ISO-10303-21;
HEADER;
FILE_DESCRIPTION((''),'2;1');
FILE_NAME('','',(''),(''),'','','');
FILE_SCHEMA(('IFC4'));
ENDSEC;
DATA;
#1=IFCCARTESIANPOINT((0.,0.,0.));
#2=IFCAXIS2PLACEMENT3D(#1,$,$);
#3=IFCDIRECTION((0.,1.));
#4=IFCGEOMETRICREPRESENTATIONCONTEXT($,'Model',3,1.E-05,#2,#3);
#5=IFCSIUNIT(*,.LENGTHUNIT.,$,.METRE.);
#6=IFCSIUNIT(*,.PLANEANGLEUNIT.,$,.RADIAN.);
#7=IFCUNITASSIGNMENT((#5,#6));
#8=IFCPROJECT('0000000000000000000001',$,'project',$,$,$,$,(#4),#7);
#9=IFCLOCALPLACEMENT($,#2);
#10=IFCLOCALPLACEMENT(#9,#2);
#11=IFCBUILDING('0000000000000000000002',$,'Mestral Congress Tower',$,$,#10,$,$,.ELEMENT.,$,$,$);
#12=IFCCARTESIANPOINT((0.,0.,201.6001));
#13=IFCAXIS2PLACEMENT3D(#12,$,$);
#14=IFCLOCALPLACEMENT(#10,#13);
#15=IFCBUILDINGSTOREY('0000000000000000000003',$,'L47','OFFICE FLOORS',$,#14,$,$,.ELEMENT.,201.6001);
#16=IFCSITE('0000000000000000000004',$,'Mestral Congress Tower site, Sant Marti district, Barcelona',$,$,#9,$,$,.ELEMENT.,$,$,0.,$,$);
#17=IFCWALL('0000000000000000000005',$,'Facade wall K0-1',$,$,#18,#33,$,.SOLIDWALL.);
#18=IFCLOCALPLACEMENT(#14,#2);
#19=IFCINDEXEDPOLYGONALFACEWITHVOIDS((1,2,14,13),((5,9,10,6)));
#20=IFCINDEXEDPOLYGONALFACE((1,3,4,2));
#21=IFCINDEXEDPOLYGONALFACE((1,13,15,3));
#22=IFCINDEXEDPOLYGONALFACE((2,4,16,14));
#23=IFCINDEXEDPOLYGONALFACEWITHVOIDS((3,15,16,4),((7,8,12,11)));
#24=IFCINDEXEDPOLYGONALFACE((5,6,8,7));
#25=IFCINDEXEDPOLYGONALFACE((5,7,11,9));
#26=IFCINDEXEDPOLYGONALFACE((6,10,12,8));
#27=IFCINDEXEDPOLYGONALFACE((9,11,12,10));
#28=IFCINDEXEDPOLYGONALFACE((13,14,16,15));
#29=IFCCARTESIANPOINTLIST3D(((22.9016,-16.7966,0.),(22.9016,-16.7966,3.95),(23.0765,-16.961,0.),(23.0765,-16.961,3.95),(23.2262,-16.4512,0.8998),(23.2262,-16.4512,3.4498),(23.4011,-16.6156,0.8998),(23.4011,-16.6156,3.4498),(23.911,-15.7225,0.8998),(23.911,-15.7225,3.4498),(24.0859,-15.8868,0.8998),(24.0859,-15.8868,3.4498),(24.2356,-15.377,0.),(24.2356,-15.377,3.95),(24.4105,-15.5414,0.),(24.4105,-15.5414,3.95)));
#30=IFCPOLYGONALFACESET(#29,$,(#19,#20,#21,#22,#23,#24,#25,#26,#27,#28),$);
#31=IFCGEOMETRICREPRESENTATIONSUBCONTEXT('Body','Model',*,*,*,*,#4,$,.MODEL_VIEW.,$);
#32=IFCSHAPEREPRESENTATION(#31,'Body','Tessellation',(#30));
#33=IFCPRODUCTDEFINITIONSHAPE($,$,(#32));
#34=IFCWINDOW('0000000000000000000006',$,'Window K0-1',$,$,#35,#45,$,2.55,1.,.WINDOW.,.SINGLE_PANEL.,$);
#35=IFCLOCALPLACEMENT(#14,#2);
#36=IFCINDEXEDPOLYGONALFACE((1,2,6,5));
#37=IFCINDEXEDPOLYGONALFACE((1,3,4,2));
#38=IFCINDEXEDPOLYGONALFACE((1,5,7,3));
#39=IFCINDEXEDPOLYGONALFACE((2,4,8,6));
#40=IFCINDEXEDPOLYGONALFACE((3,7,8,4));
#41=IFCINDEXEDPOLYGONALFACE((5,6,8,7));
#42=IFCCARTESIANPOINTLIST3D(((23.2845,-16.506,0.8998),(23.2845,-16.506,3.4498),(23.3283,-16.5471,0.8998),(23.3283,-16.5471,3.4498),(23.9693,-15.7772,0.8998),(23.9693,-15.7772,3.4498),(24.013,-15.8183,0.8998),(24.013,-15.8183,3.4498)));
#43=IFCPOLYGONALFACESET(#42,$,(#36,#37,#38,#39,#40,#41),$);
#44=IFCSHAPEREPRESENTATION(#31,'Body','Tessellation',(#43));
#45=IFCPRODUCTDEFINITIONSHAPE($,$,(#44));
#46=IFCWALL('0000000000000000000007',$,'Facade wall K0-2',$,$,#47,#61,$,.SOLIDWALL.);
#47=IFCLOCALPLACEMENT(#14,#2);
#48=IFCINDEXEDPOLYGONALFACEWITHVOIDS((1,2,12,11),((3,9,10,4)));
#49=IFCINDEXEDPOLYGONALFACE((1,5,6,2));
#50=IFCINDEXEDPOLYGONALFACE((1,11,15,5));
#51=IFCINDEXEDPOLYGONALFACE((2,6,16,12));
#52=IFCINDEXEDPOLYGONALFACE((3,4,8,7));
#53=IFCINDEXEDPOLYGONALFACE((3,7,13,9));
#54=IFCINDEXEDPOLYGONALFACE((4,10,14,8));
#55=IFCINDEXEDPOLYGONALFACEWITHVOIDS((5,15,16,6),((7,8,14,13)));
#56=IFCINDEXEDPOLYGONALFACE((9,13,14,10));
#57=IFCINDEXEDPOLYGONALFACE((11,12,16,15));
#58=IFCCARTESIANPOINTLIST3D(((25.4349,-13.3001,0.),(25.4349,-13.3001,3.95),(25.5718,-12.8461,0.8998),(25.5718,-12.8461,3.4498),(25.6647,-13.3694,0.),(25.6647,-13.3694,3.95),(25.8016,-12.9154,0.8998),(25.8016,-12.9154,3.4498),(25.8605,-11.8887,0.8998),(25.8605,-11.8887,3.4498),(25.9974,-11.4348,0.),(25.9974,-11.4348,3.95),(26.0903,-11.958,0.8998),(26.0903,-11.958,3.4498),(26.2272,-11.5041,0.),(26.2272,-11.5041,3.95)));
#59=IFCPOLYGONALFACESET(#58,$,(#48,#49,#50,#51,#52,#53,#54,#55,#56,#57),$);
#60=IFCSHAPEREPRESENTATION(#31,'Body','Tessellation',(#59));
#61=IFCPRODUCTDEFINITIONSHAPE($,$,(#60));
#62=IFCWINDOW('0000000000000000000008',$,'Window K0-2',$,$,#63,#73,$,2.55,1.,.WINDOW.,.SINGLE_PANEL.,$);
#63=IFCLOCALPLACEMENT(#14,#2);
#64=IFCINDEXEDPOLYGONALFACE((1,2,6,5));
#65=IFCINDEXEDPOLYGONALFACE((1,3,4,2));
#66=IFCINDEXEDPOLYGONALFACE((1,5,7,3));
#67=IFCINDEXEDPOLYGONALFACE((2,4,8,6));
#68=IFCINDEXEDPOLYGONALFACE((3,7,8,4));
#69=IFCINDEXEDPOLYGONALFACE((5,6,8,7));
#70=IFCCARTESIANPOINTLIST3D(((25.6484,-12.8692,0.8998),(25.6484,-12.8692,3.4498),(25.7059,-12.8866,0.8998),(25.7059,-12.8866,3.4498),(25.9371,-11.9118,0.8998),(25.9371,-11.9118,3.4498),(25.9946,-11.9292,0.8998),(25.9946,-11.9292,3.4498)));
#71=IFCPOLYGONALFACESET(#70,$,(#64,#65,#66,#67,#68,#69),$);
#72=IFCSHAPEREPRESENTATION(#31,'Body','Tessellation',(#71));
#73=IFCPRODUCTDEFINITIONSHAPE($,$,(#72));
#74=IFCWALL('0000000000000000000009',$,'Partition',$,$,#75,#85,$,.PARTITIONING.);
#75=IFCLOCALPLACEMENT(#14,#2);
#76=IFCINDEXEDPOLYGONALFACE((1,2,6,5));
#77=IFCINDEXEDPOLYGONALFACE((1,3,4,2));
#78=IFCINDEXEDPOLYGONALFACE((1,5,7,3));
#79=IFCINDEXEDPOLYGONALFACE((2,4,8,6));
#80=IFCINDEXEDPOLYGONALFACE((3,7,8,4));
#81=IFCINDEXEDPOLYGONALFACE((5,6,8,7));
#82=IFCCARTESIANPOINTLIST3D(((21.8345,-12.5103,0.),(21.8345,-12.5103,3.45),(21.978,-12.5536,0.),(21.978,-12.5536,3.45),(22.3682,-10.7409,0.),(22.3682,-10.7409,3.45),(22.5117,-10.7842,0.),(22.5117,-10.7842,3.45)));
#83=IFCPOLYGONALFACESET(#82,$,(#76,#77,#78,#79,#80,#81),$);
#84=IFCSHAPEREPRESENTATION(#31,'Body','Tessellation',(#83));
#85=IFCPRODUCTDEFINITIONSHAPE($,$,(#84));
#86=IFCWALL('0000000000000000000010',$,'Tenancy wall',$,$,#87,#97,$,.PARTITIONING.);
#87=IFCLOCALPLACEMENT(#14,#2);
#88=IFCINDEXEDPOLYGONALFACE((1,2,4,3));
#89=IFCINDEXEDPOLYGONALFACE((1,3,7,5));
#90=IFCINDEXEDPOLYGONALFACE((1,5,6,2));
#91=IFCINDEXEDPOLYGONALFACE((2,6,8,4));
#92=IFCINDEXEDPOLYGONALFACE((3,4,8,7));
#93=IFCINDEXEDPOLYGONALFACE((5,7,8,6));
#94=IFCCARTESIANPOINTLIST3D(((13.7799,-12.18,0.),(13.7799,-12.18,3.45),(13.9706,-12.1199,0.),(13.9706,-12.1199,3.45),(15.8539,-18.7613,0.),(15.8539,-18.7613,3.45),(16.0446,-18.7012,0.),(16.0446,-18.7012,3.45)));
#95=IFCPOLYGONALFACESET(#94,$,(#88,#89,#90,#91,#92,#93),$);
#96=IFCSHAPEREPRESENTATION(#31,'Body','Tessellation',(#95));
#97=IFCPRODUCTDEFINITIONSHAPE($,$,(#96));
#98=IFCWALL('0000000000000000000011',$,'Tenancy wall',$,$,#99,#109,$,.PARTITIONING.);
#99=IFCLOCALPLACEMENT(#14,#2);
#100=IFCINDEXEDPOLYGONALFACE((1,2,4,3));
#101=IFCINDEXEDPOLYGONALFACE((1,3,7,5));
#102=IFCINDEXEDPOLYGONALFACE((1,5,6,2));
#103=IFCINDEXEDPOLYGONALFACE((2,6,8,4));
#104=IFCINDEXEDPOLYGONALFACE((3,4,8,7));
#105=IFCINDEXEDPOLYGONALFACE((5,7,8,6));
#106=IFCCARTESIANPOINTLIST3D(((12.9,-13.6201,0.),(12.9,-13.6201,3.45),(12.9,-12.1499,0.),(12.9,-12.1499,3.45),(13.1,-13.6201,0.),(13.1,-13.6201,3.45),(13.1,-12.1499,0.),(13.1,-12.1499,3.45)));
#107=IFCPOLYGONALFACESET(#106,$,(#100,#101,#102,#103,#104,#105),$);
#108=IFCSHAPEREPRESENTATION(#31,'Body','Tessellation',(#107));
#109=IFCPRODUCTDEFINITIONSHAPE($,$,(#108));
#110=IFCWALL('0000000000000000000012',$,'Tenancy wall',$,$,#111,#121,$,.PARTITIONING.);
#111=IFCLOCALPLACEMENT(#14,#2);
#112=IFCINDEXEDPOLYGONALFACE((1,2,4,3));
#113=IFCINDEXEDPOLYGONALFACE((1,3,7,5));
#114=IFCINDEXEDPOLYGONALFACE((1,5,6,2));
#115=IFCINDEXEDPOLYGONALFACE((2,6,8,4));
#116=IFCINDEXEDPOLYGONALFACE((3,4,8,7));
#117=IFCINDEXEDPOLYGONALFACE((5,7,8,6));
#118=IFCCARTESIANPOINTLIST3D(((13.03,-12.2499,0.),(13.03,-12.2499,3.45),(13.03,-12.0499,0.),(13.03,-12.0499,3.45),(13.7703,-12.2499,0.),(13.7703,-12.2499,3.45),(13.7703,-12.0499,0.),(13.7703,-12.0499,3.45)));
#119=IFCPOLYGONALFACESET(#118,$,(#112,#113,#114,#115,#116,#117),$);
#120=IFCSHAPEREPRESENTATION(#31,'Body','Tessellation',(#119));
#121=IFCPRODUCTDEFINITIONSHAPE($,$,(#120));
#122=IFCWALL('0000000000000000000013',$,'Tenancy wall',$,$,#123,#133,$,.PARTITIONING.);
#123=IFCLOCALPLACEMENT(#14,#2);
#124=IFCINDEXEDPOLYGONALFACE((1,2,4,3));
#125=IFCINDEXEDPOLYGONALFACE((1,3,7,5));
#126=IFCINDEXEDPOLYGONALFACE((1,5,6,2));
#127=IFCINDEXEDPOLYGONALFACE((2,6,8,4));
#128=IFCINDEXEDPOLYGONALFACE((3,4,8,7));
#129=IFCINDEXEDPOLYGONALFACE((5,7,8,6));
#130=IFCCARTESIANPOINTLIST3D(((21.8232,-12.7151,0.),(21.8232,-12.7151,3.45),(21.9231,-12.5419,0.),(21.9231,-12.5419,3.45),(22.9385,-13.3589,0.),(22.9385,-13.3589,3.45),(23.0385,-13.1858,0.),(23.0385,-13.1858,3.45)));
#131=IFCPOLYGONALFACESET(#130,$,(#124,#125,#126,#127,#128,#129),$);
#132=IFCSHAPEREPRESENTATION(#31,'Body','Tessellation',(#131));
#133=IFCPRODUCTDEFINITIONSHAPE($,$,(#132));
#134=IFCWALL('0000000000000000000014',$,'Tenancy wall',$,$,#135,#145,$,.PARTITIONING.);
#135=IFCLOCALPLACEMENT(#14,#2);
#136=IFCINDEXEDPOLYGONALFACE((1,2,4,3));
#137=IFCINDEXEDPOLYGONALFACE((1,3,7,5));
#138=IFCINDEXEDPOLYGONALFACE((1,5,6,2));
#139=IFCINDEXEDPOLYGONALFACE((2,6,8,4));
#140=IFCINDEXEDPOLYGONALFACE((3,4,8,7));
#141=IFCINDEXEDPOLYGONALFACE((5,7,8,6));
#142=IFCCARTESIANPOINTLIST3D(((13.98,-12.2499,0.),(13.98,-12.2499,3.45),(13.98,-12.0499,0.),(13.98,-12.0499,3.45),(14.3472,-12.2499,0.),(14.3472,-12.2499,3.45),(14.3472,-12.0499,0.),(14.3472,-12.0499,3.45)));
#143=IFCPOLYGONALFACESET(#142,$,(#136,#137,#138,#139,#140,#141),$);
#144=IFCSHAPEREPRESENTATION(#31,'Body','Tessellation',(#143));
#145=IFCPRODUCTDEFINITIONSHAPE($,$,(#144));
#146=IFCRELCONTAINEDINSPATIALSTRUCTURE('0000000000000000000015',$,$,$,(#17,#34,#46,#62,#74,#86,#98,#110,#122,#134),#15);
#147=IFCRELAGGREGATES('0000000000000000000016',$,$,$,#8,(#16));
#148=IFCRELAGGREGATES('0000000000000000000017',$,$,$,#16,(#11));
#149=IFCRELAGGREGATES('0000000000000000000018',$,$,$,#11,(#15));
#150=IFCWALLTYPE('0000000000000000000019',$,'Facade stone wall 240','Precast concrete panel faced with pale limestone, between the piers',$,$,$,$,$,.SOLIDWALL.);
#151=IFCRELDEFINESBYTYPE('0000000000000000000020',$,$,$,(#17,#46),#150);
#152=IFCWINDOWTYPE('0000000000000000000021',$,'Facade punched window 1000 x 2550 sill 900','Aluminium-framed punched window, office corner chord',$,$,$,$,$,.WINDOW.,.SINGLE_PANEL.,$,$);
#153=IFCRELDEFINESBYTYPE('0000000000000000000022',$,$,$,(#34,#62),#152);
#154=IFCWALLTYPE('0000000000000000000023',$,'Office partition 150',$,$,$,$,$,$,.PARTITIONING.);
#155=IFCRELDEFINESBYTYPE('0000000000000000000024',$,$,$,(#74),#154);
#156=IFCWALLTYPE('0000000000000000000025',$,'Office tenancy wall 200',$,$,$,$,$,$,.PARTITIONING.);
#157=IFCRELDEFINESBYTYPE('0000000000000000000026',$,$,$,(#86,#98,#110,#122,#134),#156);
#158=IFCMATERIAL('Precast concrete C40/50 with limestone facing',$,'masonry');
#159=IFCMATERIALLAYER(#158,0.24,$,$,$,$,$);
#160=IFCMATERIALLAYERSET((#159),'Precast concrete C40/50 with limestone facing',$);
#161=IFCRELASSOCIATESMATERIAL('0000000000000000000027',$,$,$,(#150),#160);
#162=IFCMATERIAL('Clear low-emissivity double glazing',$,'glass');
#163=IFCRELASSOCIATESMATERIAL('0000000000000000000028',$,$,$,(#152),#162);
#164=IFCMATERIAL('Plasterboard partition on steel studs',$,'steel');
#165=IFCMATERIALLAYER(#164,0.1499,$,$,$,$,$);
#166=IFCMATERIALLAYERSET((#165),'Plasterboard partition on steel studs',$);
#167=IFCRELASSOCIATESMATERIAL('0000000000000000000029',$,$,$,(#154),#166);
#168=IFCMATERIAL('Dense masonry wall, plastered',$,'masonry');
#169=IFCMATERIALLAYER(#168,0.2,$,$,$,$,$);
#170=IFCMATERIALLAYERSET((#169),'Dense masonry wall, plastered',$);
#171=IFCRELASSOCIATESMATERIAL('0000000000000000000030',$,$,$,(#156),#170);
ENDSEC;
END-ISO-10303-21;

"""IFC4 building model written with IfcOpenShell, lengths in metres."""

from ifc_helpers import new_model, si_unit, direction, frame, frame_2d, origin, place, context, subcontext, project, spatial, rectangle, extrude, material, layer, layer_set, type_object, element, fill, save


model = new_model("IFC4")

# Units and contexts
model_context = context("Model", 3, precision=1e-05, world=origin(), true_north=direction((0.0, 1.0)))
body_context = subcontext(model_context, "Body", "Model", "MODEL_VIEW")
ifc_project = project(units=[si_unit("LENGTHUNIT", "METRE"), si_unit("PLANEANGLEUNIT", "RADIAN")], contexts=[model_context])

# Site, building, storey
site_placement = place(None, origin())
site = spatial("IfcSite", under=ifc_project, at=site_placement, Name="Mestral Congress Tower site, Sant Marti district, Barcelona", CompositionType="ELEMENT", RefElevation=0.0)
building_placement = place(site_placement, origin())
building = spatial("IfcBuilding", under=site, at=building_placement, Name="Mestral Congress Tower", CompositionType="ELEMENT")
storey_placement = place(building_placement, frame((0.0, 0.0, 201.6001)))
storey = spatial("IfcBuildingStorey", under=building, at=storey_placement, Name="L47", Description="OFFICE FLOORS", CompositionType="ELEMENT", Elevation=201.6001)

# Shared definitions
ifc_material_1 = material(Name="Precast concrete C40/50 with limestone facing", Category="masonry")
ifc_layer_1 = layer(ifc_material_1, 0.24)
ifc_layer_set_1 = layer_set([ifc_layer_1], Name="Precast concrete C40/50 with limestone facing")
wall_type_1 = type_object("IfcWallType", Name="Facade stone wall 240", Description="Precast concrete panel faced with pale limestone, between the piers", PredefinedType="SOLIDWALL", material=ifc_layer_set_1)
ifc_material_2 = material(Name="Clear low-emissivity double glazing", Category="glass")

# Walls, openings, windows
window_type_1 = type_object("IfcWindowType", Name="Facade punched window 1000 x 2550 sill 900", Description="Aluminium-framed punched window, office corner chord", PartitioningType="SINGLE_PANEL", PredefinedType="WINDOW", material=ifc_material_2)
wall_1_placement = place(storey_placement, frame((22.989, -16.8789, 0.0), z_axis=(0.0, 0.0, 1.0), x_axis=(0.68477, 0.728759, 0.0)))
wall_1 = element("IfcWall", 1, at=wall_1_placement, inside=storey, type_object=wall_type_1, Name="Facade wall K0-1", PredefinedType="SOLIDWALL", context=body_context, shape_type="SweptSolid", body=[
    extrude(rectangle(XDim=1.948, YDim=0.24, at=frame_2d((0.9741, 0.0))), origin(), (0.0, 0.0, 1.0), 3.95),
])
opening_1_placement = place(wall_1_placement, frame((0.4741, 0.0, 0.8999)))
opening_1 = element("IfcOpeningElement", 2, at=opening_1_placement, cuts=wall_1, PredefinedType="OPENING", context=body_context, shape_type="SweptSolid", body=[
    extrude(rectangle(XDim=1.0, YDim=2.55, at=frame_2d((0.5, 1.2749))), frame((0.0, 0.1299, 0.0), z_axis=(0.0, -1.0, 0.0), x_axis=(1.0, 0.0, 0.0)), (0.0, 0.0, 1.0), 0.26),
])
window_1_placement = place(opening_1_placement, origin())
window_1 = element("IfcWindow", 3, at=window_1_placement, inside=storey, type_object=window_type_1, Name="Window K0-1", OverallHeight=2.55, OverallWidth=1.0, PartitioningType="SINGLE_PANEL", PredefinedType="WINDOW", context=body_context, shape_type="SweptSolid", body=[
    extrude(rectangle(XDim=1.0, YDim=2.55, at=frame_2d((0.5, 1.2749))), frame((0.0, 0.04, 0.0), z_axis=(0.0, -1.0, 0.0), x_axis=(1.0, 0.0, 0.0)), (0.0, 0.0, 1.0), 0.0601),
])
fill(opening_1, window_1)
wall_2_placement = place(storey_placement, frame((25.5498, -13.3347, 0.0), z_axis=(0.0, 0.0, 1.0), x_axis=(0.288727, 0.957411, 0.0)))
wall_2 = element("IfcWall", 4, at=wall_2_placement, inside=storey, type_object=wall_type_1, Name="Facade wall K0-2", PredefinedType="SOLIDWALL", context=body_context, shape_type="SweptSolid", body=[
    extrude(rectangle(XDim=1.9482, YDim=0.24, at=frame_2d((0.9741, 0.0))), origin(), (0.0, 0.0, 1.0), 3.95),
])
opening_2_placement = place(wall_2_placement, frame((0.4741, 0.0, 0.8999)))
opening_2 = element("IfcOpeningElement", 5, at=opening_2_placement, cuts=wall_2, PredefinedType="OPENING", context=body_context, shape_type="SweptSolid", body=[
    extrude(rectangle(XDim=1.0, YDim=2.55, at=frame_2d((0.5, 1.2749))), frame((0.0, 0.1299, 0.0), z_axis=(0.0, -1.0, 0.0), x_axis=(1.0, 0.0, 0.0)), (0.0, 0.0, 1.0), 0.26),
])
window_2_placement = place(opening_2_placement, origin())
window_2 = element("IfcWindow", 6, at=window_2_placement, inside=storey, type_object=window_type_1, Name="Window K0-2", OverallHeight=2.55, OverallWidth=1.0, PartitioningType="SINGLE_PANEL", PredefinedType="WINDOW", context=body_context, shape_type="SweptSolid", body=[
    extrude(rectangle(XDim=1.0, YDim=2.55, at=frame_2d((0.5, 1.2749))), frame((0.0, 0.04, 0.0), z_axis=(0.0, -1.0, 0.0), x_axis=(1.0, 0.0, 0.0)), (0.0, 0.0, 1.0), 0.0601),
])
fill(opening_2, window_2)

# Walls
ifc_material_3 = material(Name="Plasterboard partition on steel studs", Category="steel")
ifc_layer_2 = layer(ifc_material_3, 0.1499)
ifc_layer_set_2 = layer_set([ifc_layer_2], Name="Plasterboard partition on steel studs")
wall_type_2 = type_object("IfcWallType", Name="Office partition 150", PredefinedType="PARTITIONING", material=ifc_layer_set_2)
wall_3_placement = place(storey_placement, frame((21.9062, -12.532, 0.0), z_axis=(0.0, 0.0, 1.0), x_axis=(0.28879, 0.957393, 0.0)))
element("IfcWall", 7, at=wall_3_placement, inside=storey, type_object=wall_type_2, Name="Partition", PredefinedType="PARTITIONING", context=body_context, shape_type="SweptSolid", body=[
    extrude(rectangle(XDim=1.8481, YDim=0.1499, at=frame_2d((0.9241, 0.0))), origin(), (0.0, 0.0, 1.0), 3.45),
])
ifc_material_4 = material(Name="Dense masonry wall, plastered", Category="masonry")
ifc_layer_3 = layer(ifc_material_4, 0.2)
ifc_layer_set_3 = layer_set([ifc_layer_3], Name="Dense masonry wall, plastered")
wall_type_3 = type_object("IfcWallType", Name="Office tenancy wall 200", PredefinedType="PARTITIONING", material=ifc_layer_set_3)
wall_4_placement = place(storey_placement, frame((13.8752, -12.1499, 0.0), z_axis=(0.0, 0.0, 1.0), x_axis=(0.300561, -0.953763, 0.0)))
element("IfcWall", 8, at=wall_4_placement, inside=storey, type_object=wall_type_3, Name="Tenancy wall", PredefinedType="PARTITIONING", context=body_context, shape_type="SweptSolid", body=[
    extrude(rectangle(XDim=6.9004, YDim=0.2, at=frame_2d((3.4502, 0.0))), origin(), (0.0, 0.0, 1.0), 3.45),
])
wall_5_placement = place(storey_placement, frame((13.0, -13.6201, 0.0), z_axis=(0.0, 0.0, 1.0), x_axis=(0.0, 1.0, 0.0)))
element("IfcWall", 9, at=wall_5_placement, inside=storey, type_object=wall_type_3, Name="Tenancy wall", PredefinedType="PARTITIONING", context=body_context, shape_type="SweptSolid", body=[
    extrude(rectangle(XDim=1.4702, YDim=0.2, at=frame_2d((0.7351, 0.0))), origin(), (0.0, 0.0, 1.0), 3.45),
])
wall_6_placement = place(storey_placement, frame((13.03, -12.1499, 0.0), z_axis=(0.0, 0.0, 1.0), x_axis=(1.0, 0.0, 0.0)))
element("IfcWall", 10, at=wall_6_placement, inside=storey, type_object=wall_type_3, Name="Tenancy wall", PredefinedType="PARTITIONING", context=body_context, shape_type="SweptSolid", body=[
    extrude(rectangle(XDim=0.7402, YDim=0.2, at=frame_2d((0.3701, 0.0))), origin(), (0.0, 0.0, 1.0), 3.45),
])
wall_7_placement = place(storey_placement, frame((21.873, -12.6284, 0.0), z_axis=(0.0, 0.0, 1.0), x_axis=(0.866053, -0.499952, 0.0)))
element("IfcWall", 11, at=wall_7_placement, inside=storey, type_object=wall_type_3, Name="Tenancy wall", PredefinedType="PARTITIONING", context=body_context, shape_type="SweptSolid", body=[
    extrude(rectangle(XDim=1.2878, YDim=0.2, at=frame_2d((0.644, 0.0))), origin(), (0.0, 0.0, 1.0), 3.45),
])
wall_8_placement = place(storey_placement, frame((13.98, -12.1499, 0.0), z_axis=(0.0, 0.0, 1.0), x_axis=(1.0, 0.0, 0.0)))
element("IfcWall", 12, at=wall_8_placement, inside=storey, type_object=wall_type_3, Name="Tenancy wall", PredefinedType="PARTITIONING", context=body_context, shape_type="SweptSolid", body=[
    extrude(rectangle(XDim=0.3672, YDim=0.2, at=frame_2d((0.1836, 0.0))), origin(), (0.0, 0.0, 1.0), 3.45),
])

save(model, "model.ifc")
